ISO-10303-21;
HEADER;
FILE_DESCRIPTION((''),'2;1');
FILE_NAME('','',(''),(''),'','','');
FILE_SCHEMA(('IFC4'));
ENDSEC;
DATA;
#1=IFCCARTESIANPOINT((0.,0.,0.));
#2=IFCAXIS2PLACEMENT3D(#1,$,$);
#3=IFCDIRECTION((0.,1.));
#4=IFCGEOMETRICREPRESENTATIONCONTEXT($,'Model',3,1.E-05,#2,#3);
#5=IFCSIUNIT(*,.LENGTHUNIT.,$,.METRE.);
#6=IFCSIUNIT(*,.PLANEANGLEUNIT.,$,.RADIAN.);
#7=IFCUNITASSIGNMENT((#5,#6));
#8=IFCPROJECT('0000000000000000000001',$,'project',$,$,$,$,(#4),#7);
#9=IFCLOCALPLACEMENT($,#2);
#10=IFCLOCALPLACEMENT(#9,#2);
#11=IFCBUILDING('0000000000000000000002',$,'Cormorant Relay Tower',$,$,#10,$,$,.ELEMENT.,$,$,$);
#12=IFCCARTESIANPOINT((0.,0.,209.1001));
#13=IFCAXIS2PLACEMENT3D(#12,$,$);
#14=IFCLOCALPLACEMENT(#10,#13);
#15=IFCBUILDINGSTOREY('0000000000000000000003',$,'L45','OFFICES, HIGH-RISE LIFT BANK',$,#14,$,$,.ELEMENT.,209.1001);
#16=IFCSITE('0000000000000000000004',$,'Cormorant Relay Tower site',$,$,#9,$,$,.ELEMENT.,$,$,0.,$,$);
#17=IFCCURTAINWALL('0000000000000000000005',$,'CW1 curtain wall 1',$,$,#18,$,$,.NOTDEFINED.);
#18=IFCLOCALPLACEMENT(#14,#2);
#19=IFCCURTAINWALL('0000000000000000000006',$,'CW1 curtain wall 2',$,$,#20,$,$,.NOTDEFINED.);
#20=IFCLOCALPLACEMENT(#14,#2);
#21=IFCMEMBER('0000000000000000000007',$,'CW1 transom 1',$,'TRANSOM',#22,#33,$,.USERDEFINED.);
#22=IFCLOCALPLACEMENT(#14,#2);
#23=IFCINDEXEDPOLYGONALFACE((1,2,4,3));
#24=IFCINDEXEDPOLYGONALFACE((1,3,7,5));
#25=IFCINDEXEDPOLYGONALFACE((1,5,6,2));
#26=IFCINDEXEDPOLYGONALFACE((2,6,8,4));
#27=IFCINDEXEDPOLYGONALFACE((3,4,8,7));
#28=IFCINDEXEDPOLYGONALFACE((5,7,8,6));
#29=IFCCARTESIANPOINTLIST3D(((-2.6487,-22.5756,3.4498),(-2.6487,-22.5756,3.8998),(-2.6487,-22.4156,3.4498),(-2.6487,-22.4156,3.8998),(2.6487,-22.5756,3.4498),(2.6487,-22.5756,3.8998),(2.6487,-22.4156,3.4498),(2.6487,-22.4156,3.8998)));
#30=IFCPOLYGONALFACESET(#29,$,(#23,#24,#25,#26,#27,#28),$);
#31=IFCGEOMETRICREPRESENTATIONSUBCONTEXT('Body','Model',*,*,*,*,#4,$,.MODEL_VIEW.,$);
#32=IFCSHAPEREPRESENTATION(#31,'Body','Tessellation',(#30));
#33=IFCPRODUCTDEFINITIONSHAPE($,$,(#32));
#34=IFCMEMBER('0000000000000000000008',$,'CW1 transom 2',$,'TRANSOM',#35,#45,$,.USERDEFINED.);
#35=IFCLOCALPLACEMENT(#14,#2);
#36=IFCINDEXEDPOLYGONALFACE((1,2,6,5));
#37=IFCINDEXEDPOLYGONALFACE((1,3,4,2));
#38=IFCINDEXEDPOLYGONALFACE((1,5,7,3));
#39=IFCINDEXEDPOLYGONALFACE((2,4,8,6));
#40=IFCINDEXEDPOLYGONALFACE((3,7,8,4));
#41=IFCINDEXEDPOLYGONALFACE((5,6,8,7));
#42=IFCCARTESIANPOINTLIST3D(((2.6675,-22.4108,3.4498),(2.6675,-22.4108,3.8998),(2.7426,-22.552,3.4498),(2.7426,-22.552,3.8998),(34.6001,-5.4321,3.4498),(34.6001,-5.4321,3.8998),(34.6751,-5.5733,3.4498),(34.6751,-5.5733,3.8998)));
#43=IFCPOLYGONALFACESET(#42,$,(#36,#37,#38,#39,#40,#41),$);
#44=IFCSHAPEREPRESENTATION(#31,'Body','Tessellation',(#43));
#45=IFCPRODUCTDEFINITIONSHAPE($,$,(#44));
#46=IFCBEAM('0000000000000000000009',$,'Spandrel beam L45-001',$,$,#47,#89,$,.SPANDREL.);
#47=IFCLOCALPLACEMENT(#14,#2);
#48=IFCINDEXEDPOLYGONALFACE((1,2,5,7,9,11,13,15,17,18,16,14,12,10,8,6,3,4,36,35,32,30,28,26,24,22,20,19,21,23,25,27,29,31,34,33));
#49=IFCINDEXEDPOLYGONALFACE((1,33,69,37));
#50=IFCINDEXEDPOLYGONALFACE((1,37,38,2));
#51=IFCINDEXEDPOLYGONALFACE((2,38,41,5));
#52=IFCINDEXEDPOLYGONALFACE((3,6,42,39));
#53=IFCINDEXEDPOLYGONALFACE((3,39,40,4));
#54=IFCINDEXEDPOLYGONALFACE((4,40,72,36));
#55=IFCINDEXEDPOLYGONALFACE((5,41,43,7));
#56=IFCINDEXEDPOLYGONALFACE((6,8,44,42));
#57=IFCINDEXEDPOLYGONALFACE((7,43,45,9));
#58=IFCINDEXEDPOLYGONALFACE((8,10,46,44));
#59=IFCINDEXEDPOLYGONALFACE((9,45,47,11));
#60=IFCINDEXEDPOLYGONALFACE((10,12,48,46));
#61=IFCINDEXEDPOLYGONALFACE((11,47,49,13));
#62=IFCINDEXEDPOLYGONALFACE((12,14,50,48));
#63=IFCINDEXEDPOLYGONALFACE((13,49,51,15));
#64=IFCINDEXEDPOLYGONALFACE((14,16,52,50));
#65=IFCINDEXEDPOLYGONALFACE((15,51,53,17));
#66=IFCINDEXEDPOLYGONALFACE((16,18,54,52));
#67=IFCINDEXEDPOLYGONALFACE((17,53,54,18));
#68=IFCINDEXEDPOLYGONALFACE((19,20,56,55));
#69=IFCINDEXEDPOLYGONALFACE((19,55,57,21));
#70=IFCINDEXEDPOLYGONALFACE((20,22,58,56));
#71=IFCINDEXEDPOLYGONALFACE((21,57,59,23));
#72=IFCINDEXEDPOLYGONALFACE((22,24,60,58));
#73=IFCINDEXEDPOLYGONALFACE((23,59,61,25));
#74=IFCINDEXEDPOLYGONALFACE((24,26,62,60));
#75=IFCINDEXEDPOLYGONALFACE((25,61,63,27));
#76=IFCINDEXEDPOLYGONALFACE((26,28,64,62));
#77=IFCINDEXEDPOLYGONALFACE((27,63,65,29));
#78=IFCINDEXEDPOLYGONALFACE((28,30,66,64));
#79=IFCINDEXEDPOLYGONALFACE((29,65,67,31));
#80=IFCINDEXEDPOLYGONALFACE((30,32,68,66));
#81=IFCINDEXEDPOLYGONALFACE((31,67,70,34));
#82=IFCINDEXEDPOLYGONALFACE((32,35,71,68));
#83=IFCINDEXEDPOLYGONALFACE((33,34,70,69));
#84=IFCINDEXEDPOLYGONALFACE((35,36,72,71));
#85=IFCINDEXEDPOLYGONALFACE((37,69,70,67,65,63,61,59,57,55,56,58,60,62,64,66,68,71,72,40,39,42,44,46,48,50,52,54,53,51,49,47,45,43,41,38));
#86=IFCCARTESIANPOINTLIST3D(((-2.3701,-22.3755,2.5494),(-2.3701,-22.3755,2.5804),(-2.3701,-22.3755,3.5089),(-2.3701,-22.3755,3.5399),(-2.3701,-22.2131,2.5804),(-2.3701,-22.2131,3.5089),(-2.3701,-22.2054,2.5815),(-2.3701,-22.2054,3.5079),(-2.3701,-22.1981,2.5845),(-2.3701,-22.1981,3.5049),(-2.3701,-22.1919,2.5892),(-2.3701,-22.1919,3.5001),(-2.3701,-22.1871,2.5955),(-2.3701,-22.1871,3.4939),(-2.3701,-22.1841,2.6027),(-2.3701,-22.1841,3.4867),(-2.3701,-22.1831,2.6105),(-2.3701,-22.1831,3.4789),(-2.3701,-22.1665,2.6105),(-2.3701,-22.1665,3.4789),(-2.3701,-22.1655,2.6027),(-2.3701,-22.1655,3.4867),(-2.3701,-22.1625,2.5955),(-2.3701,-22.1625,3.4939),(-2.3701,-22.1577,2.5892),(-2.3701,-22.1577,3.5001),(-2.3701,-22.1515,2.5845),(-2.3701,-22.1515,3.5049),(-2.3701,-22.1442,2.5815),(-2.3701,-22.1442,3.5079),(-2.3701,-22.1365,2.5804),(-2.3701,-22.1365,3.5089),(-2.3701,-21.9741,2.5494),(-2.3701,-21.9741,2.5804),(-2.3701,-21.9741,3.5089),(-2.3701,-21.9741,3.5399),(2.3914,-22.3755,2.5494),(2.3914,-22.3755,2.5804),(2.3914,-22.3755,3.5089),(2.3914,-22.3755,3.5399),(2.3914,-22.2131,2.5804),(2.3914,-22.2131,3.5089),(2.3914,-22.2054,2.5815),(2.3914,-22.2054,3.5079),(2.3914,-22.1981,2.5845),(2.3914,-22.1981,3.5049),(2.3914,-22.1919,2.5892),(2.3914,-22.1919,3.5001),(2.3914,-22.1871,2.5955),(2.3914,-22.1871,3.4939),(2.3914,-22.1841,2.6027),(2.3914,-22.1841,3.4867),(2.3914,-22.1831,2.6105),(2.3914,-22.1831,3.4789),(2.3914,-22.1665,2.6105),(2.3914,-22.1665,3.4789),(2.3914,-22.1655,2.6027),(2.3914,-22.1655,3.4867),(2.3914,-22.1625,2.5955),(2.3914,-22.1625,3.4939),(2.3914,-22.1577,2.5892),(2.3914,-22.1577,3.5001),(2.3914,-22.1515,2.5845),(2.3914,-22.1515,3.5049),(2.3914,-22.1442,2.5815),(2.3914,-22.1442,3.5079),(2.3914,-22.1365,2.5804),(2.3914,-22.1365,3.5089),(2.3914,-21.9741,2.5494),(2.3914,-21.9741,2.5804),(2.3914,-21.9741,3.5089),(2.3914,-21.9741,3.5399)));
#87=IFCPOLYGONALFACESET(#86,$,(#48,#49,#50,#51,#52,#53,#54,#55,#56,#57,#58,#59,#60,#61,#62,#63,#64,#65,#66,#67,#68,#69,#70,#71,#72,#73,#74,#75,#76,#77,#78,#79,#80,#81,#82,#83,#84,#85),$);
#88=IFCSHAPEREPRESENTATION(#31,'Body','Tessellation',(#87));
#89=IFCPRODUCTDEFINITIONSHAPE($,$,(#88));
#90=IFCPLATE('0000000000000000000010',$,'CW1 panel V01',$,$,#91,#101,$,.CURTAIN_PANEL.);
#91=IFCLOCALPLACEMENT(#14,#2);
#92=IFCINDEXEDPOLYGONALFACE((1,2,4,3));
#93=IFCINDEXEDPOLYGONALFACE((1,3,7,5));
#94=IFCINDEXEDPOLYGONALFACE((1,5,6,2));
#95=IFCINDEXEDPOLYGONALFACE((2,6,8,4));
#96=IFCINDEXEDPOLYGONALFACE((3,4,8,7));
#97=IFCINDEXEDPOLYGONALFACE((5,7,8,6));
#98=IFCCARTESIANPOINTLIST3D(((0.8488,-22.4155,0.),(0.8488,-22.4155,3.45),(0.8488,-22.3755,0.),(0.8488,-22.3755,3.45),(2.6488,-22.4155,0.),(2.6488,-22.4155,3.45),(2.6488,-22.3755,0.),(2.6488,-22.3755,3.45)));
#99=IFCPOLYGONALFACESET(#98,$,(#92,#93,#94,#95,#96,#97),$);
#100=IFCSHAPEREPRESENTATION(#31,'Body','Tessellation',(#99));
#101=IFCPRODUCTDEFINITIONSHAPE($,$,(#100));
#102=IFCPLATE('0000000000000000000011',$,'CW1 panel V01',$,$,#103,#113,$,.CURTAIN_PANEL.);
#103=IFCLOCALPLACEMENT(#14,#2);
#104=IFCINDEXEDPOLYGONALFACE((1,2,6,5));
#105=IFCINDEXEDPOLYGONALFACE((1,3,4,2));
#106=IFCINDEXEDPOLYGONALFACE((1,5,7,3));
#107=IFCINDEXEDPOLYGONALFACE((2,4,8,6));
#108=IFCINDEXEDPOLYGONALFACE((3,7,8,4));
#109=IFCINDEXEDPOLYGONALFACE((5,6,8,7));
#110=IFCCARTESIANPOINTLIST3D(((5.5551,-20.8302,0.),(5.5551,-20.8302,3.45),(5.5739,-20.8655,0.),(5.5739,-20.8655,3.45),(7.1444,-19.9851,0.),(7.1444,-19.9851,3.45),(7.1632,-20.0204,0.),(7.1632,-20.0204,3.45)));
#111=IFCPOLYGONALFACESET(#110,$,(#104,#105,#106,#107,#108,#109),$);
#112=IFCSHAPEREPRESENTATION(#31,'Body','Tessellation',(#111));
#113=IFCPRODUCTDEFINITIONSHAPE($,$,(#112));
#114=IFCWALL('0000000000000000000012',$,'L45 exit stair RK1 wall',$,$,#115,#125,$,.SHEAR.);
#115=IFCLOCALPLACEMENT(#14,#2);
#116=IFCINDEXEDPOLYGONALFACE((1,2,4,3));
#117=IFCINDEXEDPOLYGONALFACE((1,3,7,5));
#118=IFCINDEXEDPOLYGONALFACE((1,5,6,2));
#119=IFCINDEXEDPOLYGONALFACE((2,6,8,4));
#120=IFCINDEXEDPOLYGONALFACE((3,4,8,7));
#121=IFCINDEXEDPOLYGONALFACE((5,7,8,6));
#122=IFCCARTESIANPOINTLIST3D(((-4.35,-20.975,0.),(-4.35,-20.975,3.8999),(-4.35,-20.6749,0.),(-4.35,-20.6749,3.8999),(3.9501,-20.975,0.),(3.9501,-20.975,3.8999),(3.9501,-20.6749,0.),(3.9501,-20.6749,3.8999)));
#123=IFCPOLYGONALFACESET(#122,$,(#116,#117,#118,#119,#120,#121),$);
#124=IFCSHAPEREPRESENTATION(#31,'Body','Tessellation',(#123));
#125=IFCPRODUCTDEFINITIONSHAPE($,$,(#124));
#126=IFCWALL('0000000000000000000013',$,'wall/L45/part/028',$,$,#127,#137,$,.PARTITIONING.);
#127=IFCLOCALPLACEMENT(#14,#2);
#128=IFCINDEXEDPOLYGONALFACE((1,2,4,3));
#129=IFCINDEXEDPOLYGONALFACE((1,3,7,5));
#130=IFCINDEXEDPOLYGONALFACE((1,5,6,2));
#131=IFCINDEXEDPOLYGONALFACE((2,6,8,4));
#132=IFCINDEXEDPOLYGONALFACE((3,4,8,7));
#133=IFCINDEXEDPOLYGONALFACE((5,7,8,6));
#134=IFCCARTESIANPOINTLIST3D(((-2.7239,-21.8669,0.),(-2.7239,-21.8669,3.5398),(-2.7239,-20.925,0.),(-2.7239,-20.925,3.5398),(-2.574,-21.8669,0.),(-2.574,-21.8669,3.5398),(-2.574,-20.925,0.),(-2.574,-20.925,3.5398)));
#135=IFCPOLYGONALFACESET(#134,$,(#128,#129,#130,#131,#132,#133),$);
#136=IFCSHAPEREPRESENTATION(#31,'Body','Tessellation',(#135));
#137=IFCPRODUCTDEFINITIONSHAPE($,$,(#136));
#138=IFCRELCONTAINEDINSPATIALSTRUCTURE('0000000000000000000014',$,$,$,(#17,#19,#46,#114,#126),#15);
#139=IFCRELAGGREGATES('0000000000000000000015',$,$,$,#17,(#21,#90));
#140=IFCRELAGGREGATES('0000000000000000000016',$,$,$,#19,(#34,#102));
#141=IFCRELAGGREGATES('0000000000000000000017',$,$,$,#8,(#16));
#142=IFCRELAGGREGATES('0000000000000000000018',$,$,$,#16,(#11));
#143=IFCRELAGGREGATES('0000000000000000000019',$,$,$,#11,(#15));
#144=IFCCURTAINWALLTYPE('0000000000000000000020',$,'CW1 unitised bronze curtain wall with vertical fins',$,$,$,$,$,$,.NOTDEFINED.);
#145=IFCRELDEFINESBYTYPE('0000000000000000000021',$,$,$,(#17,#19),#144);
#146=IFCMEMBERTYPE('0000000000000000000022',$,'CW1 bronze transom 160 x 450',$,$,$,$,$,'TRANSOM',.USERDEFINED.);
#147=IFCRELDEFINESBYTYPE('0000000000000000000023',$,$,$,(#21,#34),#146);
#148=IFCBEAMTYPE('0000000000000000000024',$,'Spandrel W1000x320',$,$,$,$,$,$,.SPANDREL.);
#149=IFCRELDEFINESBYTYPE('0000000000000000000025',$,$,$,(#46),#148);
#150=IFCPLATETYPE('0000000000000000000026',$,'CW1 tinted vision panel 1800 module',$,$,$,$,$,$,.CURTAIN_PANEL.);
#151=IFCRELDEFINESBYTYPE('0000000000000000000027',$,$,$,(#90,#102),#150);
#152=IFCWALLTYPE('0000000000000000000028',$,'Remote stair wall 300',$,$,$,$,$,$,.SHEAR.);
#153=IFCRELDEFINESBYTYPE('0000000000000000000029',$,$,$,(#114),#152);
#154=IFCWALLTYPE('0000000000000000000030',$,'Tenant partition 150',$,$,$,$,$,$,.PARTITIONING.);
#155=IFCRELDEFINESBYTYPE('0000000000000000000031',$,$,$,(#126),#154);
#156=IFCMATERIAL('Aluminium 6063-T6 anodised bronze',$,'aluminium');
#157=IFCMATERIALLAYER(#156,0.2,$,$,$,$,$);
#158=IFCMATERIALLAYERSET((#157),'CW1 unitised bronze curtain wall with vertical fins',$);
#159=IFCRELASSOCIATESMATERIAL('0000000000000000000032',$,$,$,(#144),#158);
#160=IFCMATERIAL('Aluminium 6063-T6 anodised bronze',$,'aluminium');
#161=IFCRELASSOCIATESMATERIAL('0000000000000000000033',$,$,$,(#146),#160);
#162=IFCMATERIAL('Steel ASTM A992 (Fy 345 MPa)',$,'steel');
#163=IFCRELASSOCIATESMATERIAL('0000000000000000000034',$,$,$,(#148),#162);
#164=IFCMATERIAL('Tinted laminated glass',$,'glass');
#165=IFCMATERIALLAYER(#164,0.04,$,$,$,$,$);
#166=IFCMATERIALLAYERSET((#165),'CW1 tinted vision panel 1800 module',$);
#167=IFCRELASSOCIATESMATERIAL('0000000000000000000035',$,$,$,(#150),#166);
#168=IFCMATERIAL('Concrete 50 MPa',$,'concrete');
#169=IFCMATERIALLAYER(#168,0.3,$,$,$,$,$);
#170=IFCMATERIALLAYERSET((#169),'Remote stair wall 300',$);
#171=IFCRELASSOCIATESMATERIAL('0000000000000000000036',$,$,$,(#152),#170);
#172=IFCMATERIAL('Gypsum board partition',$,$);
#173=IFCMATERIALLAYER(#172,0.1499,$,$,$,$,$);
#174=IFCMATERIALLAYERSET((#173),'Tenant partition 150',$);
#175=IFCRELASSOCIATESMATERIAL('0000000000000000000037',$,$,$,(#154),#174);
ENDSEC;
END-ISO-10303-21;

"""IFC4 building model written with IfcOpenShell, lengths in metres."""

from ifc_helpers import new_model, si_unit, direction, frame, frame_2d, origin, origin_2d, place, context, subcontext, project, spatial, rectangle, i_section, extrude, material, layer, layer_set, material_profile, profile_set, type_object, element, aggregate, save


model = new_model("IFC4")

# Units and contexts
model_context = context("Model", 3, precision=1e-05, world=origin(), true_north=direction((0.0, 1.0)))
body_context = subcontext(model_context, "Body", "Model", "MODEL_VIEW")
ifc_project = project(units=[si_unit("LENGTHUNIT", "METRE"), si_unit("PLANEANGLEUNIT", "RADIAN")], contexts=[model_context])

# Site, building, storey
site_placement = place(None, origin())
site = spatial("IfcSite", under=ifc_project, at=site_placement, Name="Cormorant Relay Tower site", CompositionType="ELEMENT", RefElevation=0.0)
building_placement = place(site_placement, origin())
building = spatial("IfcBuilding", under=site, at=building_placement, Name="Cormorant Relay Tower", CompositionType="ELEMENT")
storey_placement = place(building_placement, frame((0.0, 0.0, 209.1001)))
storey = spatial("IfcBuildingStorey", under=building, at=storey_placement, Name="L45", Description="OFFICES, HIGH-RISE LIFT BANK", CompositionType="ELEMENT", Elevation=209.1001)

# Curtain wall
ifc_material_1 = material(Name="Aluminium 6063-T6 anodised bronze", Category="aluminium")
ifc_layer_1 = layer(ifc_material_1, 0.2)
ifc_layer_set_1 = layer_set([ifc_layer_1], Name="CW1 unitised bronze curtain wall with vertical fins")
curtain_wall_type = type_object("IfcCurtainWallType", Name="CW1 unitised bronze curtain wall with vertical fins", PredefinedType="NOTDEFINED", material=ifc_layer_set_1)
curtain_wall_1_placement = place(storey_placement, origin())
curtain_wall_1 = element("IfcCurtainWall", 1, at=curtain_wall_1_placement, inside=storey, type_object=curtain_wall_type, Name="CW1 curtain wall 1", PredefinedType="NOTDEFINED")

# Curtain wall
curtain_wall_2_placement = place(storey_placement, origin())
curtain_wall_2 = element("IfcCurtainWall", 2, at=curtain_wall_2_placement, inside=storey, type_object=curtain_wall_type, Name="CW1 curtain wall 2", PredefinedType="NOTDEFINED")

# Members
ifc_material_2 = material(Name="Aluminium 6063-T6 anodised bronze", Category="aluminium")
ifc_material_profile_1 = material_profile(ifc_material_2, rectangle(XDim=0.1599, YDim=0.45, at=origin_2d()), Name="AL 160x450")
ifc_profile_set_1 = profile_set([ifc_material_profile_1], Name="Aluminium 6063-T6 anodised bronze")
member_type_1 = type_object("IfcMemberType", Name="CW1 bronze transom 160 x 450", ElementType="TRANSOM", PredefinedType="USERDEFINED", material=ifc_profile_set_1)
member_1_placement = place(storey_placement, frame((-2.6487, -22.4956, 3.6748), z_axis=(1.0, 0.0, 0.0), x_axis=(0.0, 1.0, 0.0)))
member_1 = element("IfcMember", 3, at=member_1_placement, type_object=member_type_1, Name="CW1 transom 1", ObjectType="TRANSOM", PredefinedType="USERDEFINED", context=body_context, shape_type="SweptSolid", body=[
    extrude(rectangle(XDim=0.1599, YDim=0.45, at=origin_2d()), origin(), (0.0, 0.0, 1.0), 5.2974),
])
member_2_placement = place(storey_placement, frame((2.7051, -22.4814, 3.6748), z_axis=(0.882949, 0.469469, 0.0), x_axis=(-0.469469, 0.882949, 0.0)))
member_2 = element("IfcMember", 4, at=member_2_placement, type_object=member_type_1, Name="CW1 transom 2", ObjectType="TRANSOM", PredefinedType="USERDEFINED", context=body_context, shape_type="SweptSolid", body=[
    extrude(rectangle(XDim=0.1599, YDim=0.45, at=origin_2d()), origin(), (0.0, 0.0, 1.0), 36.1658),
])

# Beam
ifc_material_3 = material(Name="Steel ASTM A992 (Fy 345 MPa)", Category="steel")
ifc_material_profile_2 = material_profile(ifc_material_3, i_section(OverallWidth=0.4014, OverallDepth=0.9905, WebThickness=0.0166, FlangeThickness=0.031, FilletRadius=0.03, at=origin_2d()), Name="W1000x320")
ifc_profile_set_2 = profile_set([ifc_material_profile_2], Name="Steel ASTM A992 (Fy 345 MPa)")
beam_type = type_object("IfcBeamType", Name="Spandrel W1000x320", PredefinedType="SPANDREL", material=ifc_profile_set_2)
beam_placement = place(storey_placement, frame((-2.3701, -22.1748, 3.0447), z_axis=(1.0, 0.0, 0.0), x_axis=(0.0, 1.0, 0.0)))
element("IfcBeam", 5, at=beam_placement, inside=storey, type_object=beam_type, Name="Spandrel beam L45-001", PredefinedType="SPANDREL", context=body_context, shape_type="SweptSolid", body=[
    extrude(i_section(OverallWidth=0.4014, OverallDepth=0.9905, WebThickness=0.0166, FlangeThickness=0.031, FilletRadius=0.03, at=origin_2d()), origin(), (0.0, 0.0, 1.0), 4.7615),
])

# Plates
ifc_material_4 = material(Name="Tinted laminated glass", Category="glass")
ifc_layer_2 = layer(ifc_material_4, 0.04)
ifc_layer_set_2 = layer_set([ifc_layer_2], Name="CW1 tinted vision panel 1800 module")
plate_type = type_object("IfcPlateType", Name="CW1 tinted vision panel 1800 module", PredefinedType="CURTAIN_PANEL", material=ifc_layer_set_2)
plate_1_placement = place(storey_placement, frame((1.7488, -22.3955, 0.0), z_axis=(0.0, 0.0, 1.0), x_axis=(1.0, 0.0, 0.0)))
plate_1 = element("IfcPlate", 6, at=plate_1_placement, type_object=plate_type, Name="CW1 panel V01", PredefinedType="CURTAIN_PANEL", context=body_context, shape_type="SweptSolid", body=[
    extrude(rectangle(XDim=1.8, YDim=0.04, at=origin_2d()), origin(), (0.0, 0.0, 1.0), 3.45),
])
plate_2_placement = place(storey_placement, frame((6.3591, -20.4253, 0.0), z_axis=(0.0, 0.0, 1.0), x_axis=(0.882948, 0.469472, 0.0)))
plate_2 = element("IfcPlate", 7, at=plate_2_placement, type_object=plate_type, Name="CW1 panel V01", PredefinedType="CURTAIN_PANEL", context=body_context, shape_type="SweptSolid", body=[
    extrude(rectangle(XDim=1.8, YDim=0.04, at=origin_2d()), origin(), (0.0, 0.0, 1.0), 3.45),
])

# Walls
ifc_material_5 = material(Name="Concrete 50 MPa", Category="concrete")
ifc_layer_3 = layer(ifc_material_5, 0.3)
ifc_layer_set_3 = layer_set([ifc_layer_3], Name="Remote stair wall 300")
wall_type_1 = type_object("IfcWallType", Name="Remote stair wall 300", PredefinedType="SHEAR", material=ifc_layer_set_3)
wall_1_placement = place(storey_placement, frame((3.95, -20.825, 0.0), z_axis=(0.0, 0.0, 1.0), x_axis=(-1.0, 0.0, 0.0)))
element("IfcWall", 8, at=wall_1_placement, inside=storey, type_object=wall_type_1, Name="L45 exit stair RK1 wall", PredefinedType="SHEAR", context=body_context, shape_type="SweptSolid", body=[
    extrude(rectangle(XDim=8.3, YDim=0.3, at=frame_2d((4.1499, 0.0))), origin(), (0.0, 0.0, 1.0), 3.8999),
])
ifc_material_6 = material(Name="Gypsum board partition")
ifc_layer_4 = layer(ifc_material_6, 0.1499)
ifc_layer_set_4 = layer_set([ifc_layer_4], Name="Tenant partition 150")
wall_type_2 = type_object("IfcWallType", Name="Tenant partition 150", PredefinedType="PARTITIONING", material=ifc_layer_set_4)
wall_2_placement = place(storey_placement, frame((-2.6489, -20.925, 0.0), z_axis=(0.0, 0.0, 1.0), x_axis=(0.0, -1.0, 0.0)))
element("IfcWall", 9, at=wall_2_placement, inside=storey, type_object=wall_type_2, Name="wall/L45/part/028", PredefinedType="PARTITIONING", context=body_context, shape_type="SweptSolid", body=[
    extrude(rectangle(XDim=0.9419, YDim=0.1499, at=frame_2d((0.4709, 0.0))), origin(), (0.0, 0.0, 1.0), 3.5398),
])

aggregate(curtain_wall_1, [member_1, plate_1])
aggregate(curtain_wall_2, [member_2, plate_2])

save(model, "model.ifc")
